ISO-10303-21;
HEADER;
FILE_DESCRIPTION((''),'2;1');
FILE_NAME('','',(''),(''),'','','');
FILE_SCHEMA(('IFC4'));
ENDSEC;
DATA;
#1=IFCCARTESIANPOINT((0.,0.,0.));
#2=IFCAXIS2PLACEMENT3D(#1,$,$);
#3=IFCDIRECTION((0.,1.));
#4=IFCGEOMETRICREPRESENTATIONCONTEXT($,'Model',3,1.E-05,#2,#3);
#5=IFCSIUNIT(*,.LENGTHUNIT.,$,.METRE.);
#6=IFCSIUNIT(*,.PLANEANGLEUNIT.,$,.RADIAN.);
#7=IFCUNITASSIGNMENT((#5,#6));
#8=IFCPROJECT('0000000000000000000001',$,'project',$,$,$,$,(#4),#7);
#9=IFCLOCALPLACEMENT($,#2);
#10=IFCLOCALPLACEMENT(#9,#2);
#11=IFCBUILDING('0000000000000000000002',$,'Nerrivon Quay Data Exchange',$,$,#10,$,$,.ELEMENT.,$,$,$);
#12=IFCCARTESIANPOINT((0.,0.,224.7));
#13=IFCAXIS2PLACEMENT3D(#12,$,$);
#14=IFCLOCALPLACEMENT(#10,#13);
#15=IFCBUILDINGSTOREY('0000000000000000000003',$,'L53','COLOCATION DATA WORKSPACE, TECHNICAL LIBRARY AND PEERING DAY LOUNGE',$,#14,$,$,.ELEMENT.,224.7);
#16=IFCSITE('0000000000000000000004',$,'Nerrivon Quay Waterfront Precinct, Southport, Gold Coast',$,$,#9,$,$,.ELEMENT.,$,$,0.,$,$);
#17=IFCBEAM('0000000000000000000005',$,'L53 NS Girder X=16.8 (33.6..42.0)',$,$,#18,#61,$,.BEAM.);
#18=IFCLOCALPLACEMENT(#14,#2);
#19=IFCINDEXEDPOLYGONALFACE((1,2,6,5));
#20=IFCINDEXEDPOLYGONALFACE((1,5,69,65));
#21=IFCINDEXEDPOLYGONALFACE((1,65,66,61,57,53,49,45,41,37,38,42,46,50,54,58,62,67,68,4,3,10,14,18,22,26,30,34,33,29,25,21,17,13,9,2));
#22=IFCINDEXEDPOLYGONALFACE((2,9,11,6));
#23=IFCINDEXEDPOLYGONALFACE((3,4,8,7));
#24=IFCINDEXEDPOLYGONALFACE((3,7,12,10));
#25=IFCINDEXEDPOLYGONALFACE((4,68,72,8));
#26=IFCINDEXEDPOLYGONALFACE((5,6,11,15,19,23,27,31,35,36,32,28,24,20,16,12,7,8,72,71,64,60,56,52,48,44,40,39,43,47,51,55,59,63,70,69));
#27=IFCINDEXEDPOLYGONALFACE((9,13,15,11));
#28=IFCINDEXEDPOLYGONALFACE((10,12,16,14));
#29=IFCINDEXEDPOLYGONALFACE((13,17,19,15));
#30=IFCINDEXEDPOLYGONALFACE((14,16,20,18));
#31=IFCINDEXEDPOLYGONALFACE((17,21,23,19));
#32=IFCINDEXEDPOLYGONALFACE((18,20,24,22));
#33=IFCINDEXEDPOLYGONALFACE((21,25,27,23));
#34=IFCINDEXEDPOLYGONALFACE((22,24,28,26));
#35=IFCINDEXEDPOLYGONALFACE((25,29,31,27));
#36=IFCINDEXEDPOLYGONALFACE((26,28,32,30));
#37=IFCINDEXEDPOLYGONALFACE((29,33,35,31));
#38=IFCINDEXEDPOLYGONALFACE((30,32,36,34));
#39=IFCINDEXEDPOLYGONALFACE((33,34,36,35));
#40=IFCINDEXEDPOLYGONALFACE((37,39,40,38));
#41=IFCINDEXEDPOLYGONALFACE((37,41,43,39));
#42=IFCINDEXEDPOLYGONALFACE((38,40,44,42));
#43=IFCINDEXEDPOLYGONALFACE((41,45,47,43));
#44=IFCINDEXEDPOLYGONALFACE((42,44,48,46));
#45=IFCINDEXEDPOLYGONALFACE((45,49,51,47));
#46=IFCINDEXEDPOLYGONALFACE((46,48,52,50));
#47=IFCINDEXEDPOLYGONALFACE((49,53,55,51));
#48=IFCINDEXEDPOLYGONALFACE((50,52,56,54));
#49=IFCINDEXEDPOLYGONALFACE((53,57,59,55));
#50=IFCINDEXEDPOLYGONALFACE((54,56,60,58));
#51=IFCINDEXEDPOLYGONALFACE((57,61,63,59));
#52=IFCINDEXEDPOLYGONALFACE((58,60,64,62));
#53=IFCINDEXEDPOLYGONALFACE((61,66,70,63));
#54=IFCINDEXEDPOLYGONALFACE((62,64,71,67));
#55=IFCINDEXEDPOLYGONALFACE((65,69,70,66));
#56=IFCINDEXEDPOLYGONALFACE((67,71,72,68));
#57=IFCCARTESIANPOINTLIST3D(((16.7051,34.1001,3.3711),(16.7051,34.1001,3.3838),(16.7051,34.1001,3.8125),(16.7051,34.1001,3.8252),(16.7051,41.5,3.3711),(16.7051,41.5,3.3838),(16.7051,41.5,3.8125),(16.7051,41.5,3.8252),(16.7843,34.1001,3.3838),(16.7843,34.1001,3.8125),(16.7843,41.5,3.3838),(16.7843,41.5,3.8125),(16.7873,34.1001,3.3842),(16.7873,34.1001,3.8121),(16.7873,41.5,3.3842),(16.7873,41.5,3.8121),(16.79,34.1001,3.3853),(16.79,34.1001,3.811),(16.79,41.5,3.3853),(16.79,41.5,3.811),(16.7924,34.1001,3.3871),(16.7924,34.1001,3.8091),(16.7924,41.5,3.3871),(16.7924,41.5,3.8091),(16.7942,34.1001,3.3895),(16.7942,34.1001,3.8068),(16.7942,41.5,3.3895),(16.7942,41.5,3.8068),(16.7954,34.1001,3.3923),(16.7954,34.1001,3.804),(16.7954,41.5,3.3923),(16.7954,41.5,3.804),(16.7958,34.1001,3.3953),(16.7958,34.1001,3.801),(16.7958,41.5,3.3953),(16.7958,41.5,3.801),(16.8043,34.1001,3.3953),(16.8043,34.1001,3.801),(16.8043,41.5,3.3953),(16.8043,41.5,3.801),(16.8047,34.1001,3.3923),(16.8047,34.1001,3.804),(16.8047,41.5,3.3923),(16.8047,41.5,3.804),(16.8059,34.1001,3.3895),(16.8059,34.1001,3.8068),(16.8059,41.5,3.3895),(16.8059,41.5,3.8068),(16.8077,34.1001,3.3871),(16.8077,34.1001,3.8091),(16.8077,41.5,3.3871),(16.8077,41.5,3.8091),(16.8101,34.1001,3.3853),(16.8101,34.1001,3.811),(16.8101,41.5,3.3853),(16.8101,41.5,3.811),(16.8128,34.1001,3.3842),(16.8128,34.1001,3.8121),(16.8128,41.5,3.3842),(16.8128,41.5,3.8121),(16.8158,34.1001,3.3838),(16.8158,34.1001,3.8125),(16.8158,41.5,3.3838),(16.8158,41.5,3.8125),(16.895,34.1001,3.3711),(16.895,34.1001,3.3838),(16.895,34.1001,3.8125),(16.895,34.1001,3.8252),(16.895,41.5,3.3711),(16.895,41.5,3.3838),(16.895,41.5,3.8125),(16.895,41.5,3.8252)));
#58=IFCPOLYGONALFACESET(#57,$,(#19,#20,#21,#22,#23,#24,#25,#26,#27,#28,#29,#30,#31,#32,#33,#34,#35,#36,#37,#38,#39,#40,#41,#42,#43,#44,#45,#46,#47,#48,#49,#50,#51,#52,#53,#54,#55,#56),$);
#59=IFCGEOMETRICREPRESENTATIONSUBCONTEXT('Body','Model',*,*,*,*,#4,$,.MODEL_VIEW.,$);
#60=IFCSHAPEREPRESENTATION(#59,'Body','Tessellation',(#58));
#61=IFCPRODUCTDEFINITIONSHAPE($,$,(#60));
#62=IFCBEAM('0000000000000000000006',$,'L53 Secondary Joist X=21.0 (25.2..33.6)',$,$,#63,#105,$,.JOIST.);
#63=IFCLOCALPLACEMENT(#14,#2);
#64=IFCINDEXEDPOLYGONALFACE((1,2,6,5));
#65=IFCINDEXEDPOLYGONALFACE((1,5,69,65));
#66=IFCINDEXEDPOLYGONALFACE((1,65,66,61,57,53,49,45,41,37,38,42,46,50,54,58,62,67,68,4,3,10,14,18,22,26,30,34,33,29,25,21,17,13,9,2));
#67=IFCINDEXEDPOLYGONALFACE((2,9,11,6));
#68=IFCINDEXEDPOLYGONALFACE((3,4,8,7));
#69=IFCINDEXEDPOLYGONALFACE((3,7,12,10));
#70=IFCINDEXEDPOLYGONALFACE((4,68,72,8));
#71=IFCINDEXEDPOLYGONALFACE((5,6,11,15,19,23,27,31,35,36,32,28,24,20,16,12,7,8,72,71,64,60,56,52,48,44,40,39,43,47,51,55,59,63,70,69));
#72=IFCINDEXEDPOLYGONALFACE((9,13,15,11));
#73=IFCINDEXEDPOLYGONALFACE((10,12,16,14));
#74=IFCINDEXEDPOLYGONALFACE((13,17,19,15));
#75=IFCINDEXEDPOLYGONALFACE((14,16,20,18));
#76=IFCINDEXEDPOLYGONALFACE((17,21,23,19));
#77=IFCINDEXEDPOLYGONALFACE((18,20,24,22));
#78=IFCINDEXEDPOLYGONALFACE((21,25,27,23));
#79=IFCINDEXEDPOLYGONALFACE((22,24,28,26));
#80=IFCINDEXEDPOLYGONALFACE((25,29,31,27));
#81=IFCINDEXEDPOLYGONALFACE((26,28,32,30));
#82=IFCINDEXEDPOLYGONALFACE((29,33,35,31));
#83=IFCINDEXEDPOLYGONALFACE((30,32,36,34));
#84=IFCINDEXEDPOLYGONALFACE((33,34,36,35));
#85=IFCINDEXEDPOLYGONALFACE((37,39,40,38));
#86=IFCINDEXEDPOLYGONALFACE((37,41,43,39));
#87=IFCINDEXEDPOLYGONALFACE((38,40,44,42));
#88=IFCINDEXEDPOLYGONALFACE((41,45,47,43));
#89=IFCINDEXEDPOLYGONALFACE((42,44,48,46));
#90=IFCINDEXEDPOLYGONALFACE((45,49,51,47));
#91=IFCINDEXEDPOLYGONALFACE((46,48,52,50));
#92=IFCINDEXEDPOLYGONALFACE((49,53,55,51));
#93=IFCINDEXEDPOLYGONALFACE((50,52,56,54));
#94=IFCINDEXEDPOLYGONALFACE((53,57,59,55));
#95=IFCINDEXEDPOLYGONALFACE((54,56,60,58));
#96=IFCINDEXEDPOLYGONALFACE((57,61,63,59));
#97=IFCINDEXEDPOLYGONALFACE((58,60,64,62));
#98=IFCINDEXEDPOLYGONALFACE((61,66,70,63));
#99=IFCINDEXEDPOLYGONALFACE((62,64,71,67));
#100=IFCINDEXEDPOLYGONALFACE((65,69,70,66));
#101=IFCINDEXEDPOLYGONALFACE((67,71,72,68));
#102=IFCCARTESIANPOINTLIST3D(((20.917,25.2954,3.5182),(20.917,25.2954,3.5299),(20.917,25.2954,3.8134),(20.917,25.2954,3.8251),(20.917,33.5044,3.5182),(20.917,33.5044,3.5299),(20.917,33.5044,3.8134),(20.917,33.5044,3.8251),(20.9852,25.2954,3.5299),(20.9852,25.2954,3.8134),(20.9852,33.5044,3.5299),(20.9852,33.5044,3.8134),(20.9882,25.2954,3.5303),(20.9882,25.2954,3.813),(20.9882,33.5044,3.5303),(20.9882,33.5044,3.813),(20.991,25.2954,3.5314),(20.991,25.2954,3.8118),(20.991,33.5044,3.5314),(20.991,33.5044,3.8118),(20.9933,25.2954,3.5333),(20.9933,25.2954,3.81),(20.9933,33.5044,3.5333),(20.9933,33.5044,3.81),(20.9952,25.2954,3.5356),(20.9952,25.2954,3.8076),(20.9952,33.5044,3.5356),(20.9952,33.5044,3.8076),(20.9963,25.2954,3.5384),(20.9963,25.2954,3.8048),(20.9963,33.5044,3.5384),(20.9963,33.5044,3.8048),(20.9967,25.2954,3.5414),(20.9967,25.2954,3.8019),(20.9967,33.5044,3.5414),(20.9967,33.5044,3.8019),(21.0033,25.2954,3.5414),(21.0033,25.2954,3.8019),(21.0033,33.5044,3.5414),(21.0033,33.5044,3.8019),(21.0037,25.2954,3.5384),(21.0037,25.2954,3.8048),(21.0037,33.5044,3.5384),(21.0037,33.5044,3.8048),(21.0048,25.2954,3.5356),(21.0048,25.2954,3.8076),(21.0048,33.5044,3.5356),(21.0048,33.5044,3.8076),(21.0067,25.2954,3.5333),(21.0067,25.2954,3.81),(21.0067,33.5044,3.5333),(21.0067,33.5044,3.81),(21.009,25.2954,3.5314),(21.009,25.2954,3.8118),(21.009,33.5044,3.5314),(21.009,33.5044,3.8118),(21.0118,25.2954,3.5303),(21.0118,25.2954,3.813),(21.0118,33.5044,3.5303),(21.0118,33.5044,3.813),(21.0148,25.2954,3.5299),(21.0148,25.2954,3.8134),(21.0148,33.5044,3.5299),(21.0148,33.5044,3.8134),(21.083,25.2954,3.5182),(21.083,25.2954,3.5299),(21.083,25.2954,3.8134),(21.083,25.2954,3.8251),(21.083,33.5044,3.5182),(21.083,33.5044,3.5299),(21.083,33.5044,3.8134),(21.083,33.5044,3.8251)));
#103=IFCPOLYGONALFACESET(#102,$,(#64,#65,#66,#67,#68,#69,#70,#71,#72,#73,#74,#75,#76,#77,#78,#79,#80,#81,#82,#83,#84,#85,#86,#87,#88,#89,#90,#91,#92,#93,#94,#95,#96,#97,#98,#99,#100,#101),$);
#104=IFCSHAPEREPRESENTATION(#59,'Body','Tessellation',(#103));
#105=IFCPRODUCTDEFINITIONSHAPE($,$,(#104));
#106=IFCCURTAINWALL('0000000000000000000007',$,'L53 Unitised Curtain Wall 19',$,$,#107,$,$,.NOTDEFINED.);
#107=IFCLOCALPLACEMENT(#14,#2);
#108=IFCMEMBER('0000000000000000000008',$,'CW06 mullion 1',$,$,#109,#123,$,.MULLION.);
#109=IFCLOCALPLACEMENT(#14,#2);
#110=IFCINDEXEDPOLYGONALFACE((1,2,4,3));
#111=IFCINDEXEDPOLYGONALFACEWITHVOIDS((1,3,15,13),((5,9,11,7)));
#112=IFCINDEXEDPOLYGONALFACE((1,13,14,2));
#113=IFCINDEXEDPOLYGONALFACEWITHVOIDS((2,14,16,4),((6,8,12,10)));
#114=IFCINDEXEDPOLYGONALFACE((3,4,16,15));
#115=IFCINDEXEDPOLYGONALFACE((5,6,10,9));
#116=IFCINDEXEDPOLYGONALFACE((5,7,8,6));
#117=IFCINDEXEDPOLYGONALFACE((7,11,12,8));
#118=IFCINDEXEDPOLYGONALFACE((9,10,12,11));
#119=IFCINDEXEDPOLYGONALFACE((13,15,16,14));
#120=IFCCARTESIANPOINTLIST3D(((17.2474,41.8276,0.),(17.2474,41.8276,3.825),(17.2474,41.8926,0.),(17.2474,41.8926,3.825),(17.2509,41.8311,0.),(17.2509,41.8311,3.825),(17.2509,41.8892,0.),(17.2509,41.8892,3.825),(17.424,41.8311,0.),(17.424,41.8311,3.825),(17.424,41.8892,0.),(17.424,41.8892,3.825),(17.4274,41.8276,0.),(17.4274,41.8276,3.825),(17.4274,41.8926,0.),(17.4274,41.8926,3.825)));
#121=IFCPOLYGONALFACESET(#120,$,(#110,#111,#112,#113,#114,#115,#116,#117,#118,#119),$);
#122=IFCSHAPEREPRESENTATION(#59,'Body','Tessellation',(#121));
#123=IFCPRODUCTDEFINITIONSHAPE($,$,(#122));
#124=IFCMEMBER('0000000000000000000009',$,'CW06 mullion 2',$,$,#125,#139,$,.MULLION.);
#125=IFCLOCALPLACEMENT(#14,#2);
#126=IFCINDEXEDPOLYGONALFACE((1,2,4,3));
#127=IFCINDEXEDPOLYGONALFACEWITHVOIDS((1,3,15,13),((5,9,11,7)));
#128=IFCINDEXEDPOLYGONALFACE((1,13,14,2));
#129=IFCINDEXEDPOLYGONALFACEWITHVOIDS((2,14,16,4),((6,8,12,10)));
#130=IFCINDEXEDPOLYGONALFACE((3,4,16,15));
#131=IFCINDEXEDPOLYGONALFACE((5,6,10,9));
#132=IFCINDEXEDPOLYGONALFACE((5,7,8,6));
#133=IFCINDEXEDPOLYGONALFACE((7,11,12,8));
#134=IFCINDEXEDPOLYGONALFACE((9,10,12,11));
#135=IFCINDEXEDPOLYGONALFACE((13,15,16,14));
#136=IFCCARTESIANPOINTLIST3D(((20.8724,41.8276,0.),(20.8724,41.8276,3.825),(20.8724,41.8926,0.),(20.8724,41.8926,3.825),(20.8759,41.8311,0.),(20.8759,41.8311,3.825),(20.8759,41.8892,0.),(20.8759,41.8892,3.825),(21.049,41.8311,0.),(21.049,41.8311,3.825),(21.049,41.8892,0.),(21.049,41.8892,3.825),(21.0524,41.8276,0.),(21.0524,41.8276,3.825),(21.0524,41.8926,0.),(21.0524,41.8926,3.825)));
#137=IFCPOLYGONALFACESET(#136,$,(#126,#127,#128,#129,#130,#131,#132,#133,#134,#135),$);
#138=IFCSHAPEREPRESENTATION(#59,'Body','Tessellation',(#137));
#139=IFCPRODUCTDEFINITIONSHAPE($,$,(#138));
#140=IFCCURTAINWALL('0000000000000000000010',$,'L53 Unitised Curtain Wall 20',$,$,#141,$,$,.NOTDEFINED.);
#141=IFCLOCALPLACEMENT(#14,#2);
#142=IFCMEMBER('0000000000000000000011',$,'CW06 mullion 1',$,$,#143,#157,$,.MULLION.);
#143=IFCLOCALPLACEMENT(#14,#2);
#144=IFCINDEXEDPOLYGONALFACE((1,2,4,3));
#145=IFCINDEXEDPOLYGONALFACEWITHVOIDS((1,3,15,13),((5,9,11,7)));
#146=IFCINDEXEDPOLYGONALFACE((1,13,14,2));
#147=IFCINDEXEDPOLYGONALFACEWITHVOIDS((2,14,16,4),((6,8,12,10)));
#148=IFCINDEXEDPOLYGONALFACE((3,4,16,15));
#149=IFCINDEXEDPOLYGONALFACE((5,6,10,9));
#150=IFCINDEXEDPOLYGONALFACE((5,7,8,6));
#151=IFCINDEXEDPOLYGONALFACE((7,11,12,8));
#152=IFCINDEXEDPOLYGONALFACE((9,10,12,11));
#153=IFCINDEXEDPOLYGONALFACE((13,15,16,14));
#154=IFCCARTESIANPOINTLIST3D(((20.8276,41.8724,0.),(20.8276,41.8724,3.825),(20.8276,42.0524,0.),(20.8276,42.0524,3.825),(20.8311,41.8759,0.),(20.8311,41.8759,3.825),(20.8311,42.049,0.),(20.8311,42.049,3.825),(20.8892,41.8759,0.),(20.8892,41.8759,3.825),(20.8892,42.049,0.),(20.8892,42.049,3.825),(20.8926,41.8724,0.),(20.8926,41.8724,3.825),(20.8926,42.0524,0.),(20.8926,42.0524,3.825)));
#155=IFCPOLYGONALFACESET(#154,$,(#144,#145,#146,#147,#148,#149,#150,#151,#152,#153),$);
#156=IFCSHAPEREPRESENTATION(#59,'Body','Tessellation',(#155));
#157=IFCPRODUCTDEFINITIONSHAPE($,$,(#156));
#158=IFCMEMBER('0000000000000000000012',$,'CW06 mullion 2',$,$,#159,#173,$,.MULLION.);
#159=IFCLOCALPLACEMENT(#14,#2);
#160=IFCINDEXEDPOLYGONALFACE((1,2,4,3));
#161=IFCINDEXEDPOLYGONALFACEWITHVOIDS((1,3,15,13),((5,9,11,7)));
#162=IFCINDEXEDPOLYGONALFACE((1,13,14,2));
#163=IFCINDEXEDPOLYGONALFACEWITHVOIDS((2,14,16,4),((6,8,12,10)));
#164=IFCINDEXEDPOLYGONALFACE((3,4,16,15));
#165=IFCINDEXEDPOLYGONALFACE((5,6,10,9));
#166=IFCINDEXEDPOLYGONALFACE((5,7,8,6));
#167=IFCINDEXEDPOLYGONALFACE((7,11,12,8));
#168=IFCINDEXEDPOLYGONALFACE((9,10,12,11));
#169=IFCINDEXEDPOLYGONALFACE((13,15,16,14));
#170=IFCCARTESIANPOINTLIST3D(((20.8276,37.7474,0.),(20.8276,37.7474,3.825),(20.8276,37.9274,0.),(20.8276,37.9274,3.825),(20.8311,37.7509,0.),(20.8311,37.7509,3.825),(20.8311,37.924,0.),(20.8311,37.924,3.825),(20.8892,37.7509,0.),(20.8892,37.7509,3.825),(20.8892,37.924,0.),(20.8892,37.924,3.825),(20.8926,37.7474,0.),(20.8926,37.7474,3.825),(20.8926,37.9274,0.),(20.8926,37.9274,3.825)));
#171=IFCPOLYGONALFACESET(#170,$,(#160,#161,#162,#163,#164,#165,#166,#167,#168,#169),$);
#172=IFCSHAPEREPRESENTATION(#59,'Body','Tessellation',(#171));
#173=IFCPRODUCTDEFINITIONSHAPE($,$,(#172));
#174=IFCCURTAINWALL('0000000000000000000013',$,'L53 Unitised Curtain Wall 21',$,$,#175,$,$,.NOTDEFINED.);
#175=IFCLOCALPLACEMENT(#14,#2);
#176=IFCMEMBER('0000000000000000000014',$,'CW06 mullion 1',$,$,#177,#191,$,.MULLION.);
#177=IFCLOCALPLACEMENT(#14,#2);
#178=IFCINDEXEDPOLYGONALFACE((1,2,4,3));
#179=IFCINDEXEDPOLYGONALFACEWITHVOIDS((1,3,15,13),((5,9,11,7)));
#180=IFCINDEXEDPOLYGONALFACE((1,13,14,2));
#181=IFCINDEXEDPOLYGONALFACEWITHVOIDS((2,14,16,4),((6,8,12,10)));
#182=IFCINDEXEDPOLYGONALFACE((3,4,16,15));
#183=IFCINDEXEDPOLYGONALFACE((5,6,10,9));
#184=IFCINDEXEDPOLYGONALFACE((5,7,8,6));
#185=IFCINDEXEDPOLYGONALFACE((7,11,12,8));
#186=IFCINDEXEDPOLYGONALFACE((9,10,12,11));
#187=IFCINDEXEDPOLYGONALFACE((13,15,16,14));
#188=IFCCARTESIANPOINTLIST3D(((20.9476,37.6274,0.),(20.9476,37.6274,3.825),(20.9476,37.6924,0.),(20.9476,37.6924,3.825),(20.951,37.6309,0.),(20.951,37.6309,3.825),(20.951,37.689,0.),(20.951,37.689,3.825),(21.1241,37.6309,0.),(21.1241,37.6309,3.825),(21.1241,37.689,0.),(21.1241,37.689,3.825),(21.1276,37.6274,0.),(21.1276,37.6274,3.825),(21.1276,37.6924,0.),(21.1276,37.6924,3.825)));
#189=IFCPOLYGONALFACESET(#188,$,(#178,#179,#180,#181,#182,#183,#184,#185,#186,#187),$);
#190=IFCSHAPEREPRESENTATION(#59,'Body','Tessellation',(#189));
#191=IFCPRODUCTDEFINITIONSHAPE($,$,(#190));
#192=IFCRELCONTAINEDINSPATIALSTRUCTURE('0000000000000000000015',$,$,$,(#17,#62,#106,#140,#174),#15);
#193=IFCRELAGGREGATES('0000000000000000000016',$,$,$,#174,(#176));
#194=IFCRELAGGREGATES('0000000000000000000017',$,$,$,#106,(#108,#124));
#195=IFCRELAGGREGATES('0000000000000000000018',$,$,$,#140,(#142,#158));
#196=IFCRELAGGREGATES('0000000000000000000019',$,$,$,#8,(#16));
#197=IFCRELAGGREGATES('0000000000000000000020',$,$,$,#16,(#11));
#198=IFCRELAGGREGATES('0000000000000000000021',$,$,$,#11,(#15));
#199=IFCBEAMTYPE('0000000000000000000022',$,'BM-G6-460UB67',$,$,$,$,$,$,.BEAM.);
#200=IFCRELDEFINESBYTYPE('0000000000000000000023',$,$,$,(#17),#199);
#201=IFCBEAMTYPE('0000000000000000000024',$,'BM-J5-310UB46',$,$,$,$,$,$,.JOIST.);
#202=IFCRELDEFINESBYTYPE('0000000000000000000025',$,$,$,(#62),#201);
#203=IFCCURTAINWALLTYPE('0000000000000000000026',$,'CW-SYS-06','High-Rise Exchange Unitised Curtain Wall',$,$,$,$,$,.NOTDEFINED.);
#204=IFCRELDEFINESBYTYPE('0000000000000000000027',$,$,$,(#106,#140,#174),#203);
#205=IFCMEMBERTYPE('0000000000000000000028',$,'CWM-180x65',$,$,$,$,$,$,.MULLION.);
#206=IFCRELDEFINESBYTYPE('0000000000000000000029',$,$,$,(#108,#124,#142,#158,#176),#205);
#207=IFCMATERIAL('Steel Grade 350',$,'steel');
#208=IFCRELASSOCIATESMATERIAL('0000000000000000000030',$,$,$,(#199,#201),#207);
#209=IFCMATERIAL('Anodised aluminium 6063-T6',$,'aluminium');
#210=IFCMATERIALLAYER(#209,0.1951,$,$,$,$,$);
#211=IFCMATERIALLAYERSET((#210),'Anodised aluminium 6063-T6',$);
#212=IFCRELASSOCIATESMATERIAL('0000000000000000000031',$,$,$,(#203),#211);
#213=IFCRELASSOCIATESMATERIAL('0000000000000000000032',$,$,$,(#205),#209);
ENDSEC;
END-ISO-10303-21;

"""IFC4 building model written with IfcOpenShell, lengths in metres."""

from ifc_helpers import new_model, si_unit, direction, frame, origin, origin_2d, place, context, subcontext, project, spatial, hollow_rectangle, i_section, extrude, material, layer, layer_set, material_profile, profile_set, type_object, element, aggregate, save


model = new_model("IFC4")

# Units and contexts
model_context = context("Model", 3, precision=1e-05, world=origin(), true_north=direction((0.0, 1.0)))
body_context = subcontext(model_context, "Body", "Model", "MODEL_VIEW")
ifc_project = project(units=[si_unit("LENGTHUNIT", "METRE"), si_unit("PLANEANGLEUNIT", "RADIAN")], contexts=[model_context])

# Site, building, storey
site_placement = place(None, origin())
site = spatial("IfcSite", under=ifc_project, at=site_placement, Name="Nerrivon Quay Waterfront Precinct, Southport, Gold Coast", CompositionType="ELEMENT", RefElevation=0.0)
building_placement = place(site_placement, origin())
building = spatial("IfcBuilding", under=site, at=building_placement, Name="Nerrivon Quay Data Exchange", CompositionType="ELEMENT")
storey_placement = place(building_placement, frame((0.0, 0.0, 224.7)))
storey = spatial("IfcBuildingStorey", under=building, at=storey_placement, Name="L53", Description="COLOCATION DATA WORKSPACE, TECHNICAL LIBRARY AND PEERING DAY LOUNGE", CompositionType="ELEMENT", Elevation=224.7)

# Beams
ifc_material_1 = material(Name="Steel Grade 350", Category="steel")
ifc_material_profile_1 = material_profile(ifc_material_1, i_section(OverallWidth=0.1899, OverallDepth=0.4541, WebThickness=0.0085, FlangeThickness=0.0127, FilletRadius=0.0115, at=origin_2d()), Name="460UB67.1")
ifc_profile_set_1 = profile_set([ifc_material_profile_1], Name="Steel Grade 350")
beam_type_1 = type_object("IfcBeamType", Name="BM-G6-460UB67", PredefinedType="BEAM", material=ifc_profile_set_1)
beam_1_placement = place(storey_placement, frame((16.8, 34.1001, 3.5981), z_axis=(0.0, 1.0, 0.0), x_axis=(-1.0, 0.0, 0.0)))
element("IfcBeam", 1, at=beam_1_placement, inside=storey, type_object=beam_type_1, Name="L53 NS Girder X=16.8 (33.6..42.0)", PredefinedType="BEAM", context=body_context, shape_type="SweptSolid", body=[
    extrude(i_section(OverallWidth=0.1899, OverallDepth=0.4541, WebThickness=0.0085, FlangeThickness=0.0127, FilletRadius=0.0115, at=origin_2d()), origin(), (0.0, 0.0, 1.0), 7.3999),
])
ifc_material_profile_2 = material_profile(ifc_material_1, i_section(OverallWidth=0.166, OverallDepth=0.3069, WebThickness=0.0066, FlangeThickness=0.0117, FilletRadius=0.0115, at=origin_2d()), Name="310UB46.2")
ifc_profile_set_2 = profile_set([ifc_material_profile_2], Name="Steel Grade 350")
beam_type_2 = type_object("IfcBeamType", Name="BM-J5-310UB46", PredefinedType="JOIST", material=ifc_profile_set_2)
beam_2_placement = place(storey_placement, frame((21.0, 25.2954, 3.6716), z_axis=(0.0, 1.0, 0.0), x_axis=(-1.0, 0.0, 0.0)))
element("IfcBeam", 2, at=beam_2_placement, inside=storey, type_object=beam_type_2, Name="L53 Secondary Joist X=21.0 (25.2..33.6)", PredefinedType="JOIST", context=body_context, shape_type="SweptSolid", body=[
    extrude(i_section(OverallWidth=0.166, OverallDepth=0.3069, WebThickness=0.0066, FlangeThickness=0.0117, FilletRadius=0.0115, at=origin_2d()), origin(), (0.0, 0.0, 1.0), 8.209),
])

# Curtain walls, members
ifc_material_2 = material(Name="Anodised aluminium 6063-T6", Category="aluminium")
ifc_layer_1 = layer(ifc_material_2, 0.1951)
ifc_layer_set_1 = layer_set([ifc_layer_1], Name="Anodised aluminium 6063-T6")
curtain_wall_type = type_object("IfcCurtainWallType", Name="CW-SYS-06", Description="High-Rise Exchange Unitised Curtain Wall", PredefinedType="NOTDEFINED", material=ifc_layer_set_1)
curtain_wall_1_placement = place(storey_placement, origin())
curtain_wall_1 = element("IfcCurtainWall", 3, at=curtain_wall_1_placement, inside=storey, type_object=curtain_wall_type, Name="L53 Unitised Curtain Wall 19", PredefinedType="NOTDEFINED")
ifc_material_profile_3 = material_profile(ifc_material_2, hollow_rectangle(XDim=0.0649, YDim=0.1799, WallThickness=0.0034, at=origin_2d()), Name="ALU-MULL-180x65")
ifc_profile_set_3 = profile_set([ifc_material_profile_3], Name="Anodised aluminium 6063-T6")
member_type_1 = type_object("IfcMemberType", Name="CWM-180x65", PredefinedType="MULLION", material=ifc_profile_set_3)
member_1_placement = place(storey_placement, frame((17.3374, 41.8601, 0.0), z_axis=(0.0, 0.0, 1.0), x_axis=(0.0, 1.0, 0.0)))
member_1 = element("IfcMember", 4, at=member_1_placement, type_object=member_type_1, Name="CW06 mullion 1", PredefinedType="MULLION", context=body_context, shape_type="SweptSolid", body=[
    extrude(hollow_rectangle(XDim=0.0649, YDim=0.1799, WallThickness=0.0034, at=origin_2d()), origin(), (0.0, 0.0, 1.0), 3.825),
])
member_2_placement = place(storey_placement, frame((20.9624, 41.8601, 0.0), z_axis=(0.0, 0.0, 1.0), x_axis=(0.0, 1.0, 0.0)))
member_2 = element("IfcMember", 5, at=member_2_placement, type_object=member_type_1, Name="CW06 mullion 2", PredefinedType="MULLION", context=body_context, shape_type="SweptSolid", body=[
    extrude(hollow_rectangle(XDim=0.0649, YDim=0.1799, WallThickness=0.0034, at=origin_2d()), origin(), (0.0, 0.0, 1.0), 3.825),
])
curtain_wall_2_placement = place(storey_placement, origin())
curtain_wall_2 = element("IfcCurtainWall", 6, at=curtain_wall_2_placement, inside=storey, type_object=curtain_wall_type, Name="L53 Unitised Curtain Wall 20", PredefinedType="NOTDEFINED")
member_3_placement = place(storey_placement, frame((20.8601, 41.9624, 0.0), z_axis=(0.0, 0.0, 1.0), x_axis=(1.0, 0.0, 0.0)))
member_3 = element("IfcMember", 7, at=member_3_placement, type_object=member_type_1, Name="CW06 mullion 1", PredefinedType="MULLION", context=body_context, shape_type="SweptSolid", body=[
    extrude(hollow_rectangle(XDim=0.0649, YDim=0.1799, WallThickness=0.0034, at=origin_2d()), origin(), (0.0, 0.0, 1.0), 3.825),
])
member_4_placement = place(storey_placement, frame((20.8601, 37.8374, 0.0), z_axis=(0.0, 0.0, 1.0), x_axis=(1.0, 0.0, 0.0)))
member_4 = element("IfcMember", 8, at=member_4_placement, type_object=member_type_1, Name="CW06 mullion 2", PredefinedType="MULLION", context=body_context, shape_type="SweptSolid", body=[
    extrude(hollow_rectangle(XDim=0.0649, YDim=0.1799, WallThickness=0.0034, at=origin_2d()), origin(), (0.0, 0.0, 1.0), 3.825),
])

# Curtain wall, member
curtain_wall_3_placement = place(storey_placement, origin())
curtain_wall_3 = element("IfcCurtainWall", 9, at=curtain_wall_3_placement, inside=storey, type_object=curtain_wall_type, Name="L53 Unitised Curtain Wall 21", PredefinedType="NOTDEFINED")
member_5_placement = place(storey_placement, frame((21.0376, 37.6599, 0.0), z_axis=(0.0, 0.0, 1.0), x_axis=(0.0, 1.0, 0.0)))
member_5 = element("IfcMember", 10, at=member_5_placement, type_object=member_type_1, Name="CW06 mullion 1", PredefinedType="MULLION", context=body_context, shape_type="SweptSolid", body=[
    extrude(hollow_rectangle(XDim=0.0649, YDim=0.1799, WallThickness=0.0034, at=origin_2d()), origin(), (0.0, 0.0, 1.0), 3.825),
])
aggregate(curtain_wall_3, [member_5])

aggregate(curtain_wall_1, [member_1, member_2])
aggregate(curtain_wall_2, [member_3, member_4])

save(model, "model.ifc")
